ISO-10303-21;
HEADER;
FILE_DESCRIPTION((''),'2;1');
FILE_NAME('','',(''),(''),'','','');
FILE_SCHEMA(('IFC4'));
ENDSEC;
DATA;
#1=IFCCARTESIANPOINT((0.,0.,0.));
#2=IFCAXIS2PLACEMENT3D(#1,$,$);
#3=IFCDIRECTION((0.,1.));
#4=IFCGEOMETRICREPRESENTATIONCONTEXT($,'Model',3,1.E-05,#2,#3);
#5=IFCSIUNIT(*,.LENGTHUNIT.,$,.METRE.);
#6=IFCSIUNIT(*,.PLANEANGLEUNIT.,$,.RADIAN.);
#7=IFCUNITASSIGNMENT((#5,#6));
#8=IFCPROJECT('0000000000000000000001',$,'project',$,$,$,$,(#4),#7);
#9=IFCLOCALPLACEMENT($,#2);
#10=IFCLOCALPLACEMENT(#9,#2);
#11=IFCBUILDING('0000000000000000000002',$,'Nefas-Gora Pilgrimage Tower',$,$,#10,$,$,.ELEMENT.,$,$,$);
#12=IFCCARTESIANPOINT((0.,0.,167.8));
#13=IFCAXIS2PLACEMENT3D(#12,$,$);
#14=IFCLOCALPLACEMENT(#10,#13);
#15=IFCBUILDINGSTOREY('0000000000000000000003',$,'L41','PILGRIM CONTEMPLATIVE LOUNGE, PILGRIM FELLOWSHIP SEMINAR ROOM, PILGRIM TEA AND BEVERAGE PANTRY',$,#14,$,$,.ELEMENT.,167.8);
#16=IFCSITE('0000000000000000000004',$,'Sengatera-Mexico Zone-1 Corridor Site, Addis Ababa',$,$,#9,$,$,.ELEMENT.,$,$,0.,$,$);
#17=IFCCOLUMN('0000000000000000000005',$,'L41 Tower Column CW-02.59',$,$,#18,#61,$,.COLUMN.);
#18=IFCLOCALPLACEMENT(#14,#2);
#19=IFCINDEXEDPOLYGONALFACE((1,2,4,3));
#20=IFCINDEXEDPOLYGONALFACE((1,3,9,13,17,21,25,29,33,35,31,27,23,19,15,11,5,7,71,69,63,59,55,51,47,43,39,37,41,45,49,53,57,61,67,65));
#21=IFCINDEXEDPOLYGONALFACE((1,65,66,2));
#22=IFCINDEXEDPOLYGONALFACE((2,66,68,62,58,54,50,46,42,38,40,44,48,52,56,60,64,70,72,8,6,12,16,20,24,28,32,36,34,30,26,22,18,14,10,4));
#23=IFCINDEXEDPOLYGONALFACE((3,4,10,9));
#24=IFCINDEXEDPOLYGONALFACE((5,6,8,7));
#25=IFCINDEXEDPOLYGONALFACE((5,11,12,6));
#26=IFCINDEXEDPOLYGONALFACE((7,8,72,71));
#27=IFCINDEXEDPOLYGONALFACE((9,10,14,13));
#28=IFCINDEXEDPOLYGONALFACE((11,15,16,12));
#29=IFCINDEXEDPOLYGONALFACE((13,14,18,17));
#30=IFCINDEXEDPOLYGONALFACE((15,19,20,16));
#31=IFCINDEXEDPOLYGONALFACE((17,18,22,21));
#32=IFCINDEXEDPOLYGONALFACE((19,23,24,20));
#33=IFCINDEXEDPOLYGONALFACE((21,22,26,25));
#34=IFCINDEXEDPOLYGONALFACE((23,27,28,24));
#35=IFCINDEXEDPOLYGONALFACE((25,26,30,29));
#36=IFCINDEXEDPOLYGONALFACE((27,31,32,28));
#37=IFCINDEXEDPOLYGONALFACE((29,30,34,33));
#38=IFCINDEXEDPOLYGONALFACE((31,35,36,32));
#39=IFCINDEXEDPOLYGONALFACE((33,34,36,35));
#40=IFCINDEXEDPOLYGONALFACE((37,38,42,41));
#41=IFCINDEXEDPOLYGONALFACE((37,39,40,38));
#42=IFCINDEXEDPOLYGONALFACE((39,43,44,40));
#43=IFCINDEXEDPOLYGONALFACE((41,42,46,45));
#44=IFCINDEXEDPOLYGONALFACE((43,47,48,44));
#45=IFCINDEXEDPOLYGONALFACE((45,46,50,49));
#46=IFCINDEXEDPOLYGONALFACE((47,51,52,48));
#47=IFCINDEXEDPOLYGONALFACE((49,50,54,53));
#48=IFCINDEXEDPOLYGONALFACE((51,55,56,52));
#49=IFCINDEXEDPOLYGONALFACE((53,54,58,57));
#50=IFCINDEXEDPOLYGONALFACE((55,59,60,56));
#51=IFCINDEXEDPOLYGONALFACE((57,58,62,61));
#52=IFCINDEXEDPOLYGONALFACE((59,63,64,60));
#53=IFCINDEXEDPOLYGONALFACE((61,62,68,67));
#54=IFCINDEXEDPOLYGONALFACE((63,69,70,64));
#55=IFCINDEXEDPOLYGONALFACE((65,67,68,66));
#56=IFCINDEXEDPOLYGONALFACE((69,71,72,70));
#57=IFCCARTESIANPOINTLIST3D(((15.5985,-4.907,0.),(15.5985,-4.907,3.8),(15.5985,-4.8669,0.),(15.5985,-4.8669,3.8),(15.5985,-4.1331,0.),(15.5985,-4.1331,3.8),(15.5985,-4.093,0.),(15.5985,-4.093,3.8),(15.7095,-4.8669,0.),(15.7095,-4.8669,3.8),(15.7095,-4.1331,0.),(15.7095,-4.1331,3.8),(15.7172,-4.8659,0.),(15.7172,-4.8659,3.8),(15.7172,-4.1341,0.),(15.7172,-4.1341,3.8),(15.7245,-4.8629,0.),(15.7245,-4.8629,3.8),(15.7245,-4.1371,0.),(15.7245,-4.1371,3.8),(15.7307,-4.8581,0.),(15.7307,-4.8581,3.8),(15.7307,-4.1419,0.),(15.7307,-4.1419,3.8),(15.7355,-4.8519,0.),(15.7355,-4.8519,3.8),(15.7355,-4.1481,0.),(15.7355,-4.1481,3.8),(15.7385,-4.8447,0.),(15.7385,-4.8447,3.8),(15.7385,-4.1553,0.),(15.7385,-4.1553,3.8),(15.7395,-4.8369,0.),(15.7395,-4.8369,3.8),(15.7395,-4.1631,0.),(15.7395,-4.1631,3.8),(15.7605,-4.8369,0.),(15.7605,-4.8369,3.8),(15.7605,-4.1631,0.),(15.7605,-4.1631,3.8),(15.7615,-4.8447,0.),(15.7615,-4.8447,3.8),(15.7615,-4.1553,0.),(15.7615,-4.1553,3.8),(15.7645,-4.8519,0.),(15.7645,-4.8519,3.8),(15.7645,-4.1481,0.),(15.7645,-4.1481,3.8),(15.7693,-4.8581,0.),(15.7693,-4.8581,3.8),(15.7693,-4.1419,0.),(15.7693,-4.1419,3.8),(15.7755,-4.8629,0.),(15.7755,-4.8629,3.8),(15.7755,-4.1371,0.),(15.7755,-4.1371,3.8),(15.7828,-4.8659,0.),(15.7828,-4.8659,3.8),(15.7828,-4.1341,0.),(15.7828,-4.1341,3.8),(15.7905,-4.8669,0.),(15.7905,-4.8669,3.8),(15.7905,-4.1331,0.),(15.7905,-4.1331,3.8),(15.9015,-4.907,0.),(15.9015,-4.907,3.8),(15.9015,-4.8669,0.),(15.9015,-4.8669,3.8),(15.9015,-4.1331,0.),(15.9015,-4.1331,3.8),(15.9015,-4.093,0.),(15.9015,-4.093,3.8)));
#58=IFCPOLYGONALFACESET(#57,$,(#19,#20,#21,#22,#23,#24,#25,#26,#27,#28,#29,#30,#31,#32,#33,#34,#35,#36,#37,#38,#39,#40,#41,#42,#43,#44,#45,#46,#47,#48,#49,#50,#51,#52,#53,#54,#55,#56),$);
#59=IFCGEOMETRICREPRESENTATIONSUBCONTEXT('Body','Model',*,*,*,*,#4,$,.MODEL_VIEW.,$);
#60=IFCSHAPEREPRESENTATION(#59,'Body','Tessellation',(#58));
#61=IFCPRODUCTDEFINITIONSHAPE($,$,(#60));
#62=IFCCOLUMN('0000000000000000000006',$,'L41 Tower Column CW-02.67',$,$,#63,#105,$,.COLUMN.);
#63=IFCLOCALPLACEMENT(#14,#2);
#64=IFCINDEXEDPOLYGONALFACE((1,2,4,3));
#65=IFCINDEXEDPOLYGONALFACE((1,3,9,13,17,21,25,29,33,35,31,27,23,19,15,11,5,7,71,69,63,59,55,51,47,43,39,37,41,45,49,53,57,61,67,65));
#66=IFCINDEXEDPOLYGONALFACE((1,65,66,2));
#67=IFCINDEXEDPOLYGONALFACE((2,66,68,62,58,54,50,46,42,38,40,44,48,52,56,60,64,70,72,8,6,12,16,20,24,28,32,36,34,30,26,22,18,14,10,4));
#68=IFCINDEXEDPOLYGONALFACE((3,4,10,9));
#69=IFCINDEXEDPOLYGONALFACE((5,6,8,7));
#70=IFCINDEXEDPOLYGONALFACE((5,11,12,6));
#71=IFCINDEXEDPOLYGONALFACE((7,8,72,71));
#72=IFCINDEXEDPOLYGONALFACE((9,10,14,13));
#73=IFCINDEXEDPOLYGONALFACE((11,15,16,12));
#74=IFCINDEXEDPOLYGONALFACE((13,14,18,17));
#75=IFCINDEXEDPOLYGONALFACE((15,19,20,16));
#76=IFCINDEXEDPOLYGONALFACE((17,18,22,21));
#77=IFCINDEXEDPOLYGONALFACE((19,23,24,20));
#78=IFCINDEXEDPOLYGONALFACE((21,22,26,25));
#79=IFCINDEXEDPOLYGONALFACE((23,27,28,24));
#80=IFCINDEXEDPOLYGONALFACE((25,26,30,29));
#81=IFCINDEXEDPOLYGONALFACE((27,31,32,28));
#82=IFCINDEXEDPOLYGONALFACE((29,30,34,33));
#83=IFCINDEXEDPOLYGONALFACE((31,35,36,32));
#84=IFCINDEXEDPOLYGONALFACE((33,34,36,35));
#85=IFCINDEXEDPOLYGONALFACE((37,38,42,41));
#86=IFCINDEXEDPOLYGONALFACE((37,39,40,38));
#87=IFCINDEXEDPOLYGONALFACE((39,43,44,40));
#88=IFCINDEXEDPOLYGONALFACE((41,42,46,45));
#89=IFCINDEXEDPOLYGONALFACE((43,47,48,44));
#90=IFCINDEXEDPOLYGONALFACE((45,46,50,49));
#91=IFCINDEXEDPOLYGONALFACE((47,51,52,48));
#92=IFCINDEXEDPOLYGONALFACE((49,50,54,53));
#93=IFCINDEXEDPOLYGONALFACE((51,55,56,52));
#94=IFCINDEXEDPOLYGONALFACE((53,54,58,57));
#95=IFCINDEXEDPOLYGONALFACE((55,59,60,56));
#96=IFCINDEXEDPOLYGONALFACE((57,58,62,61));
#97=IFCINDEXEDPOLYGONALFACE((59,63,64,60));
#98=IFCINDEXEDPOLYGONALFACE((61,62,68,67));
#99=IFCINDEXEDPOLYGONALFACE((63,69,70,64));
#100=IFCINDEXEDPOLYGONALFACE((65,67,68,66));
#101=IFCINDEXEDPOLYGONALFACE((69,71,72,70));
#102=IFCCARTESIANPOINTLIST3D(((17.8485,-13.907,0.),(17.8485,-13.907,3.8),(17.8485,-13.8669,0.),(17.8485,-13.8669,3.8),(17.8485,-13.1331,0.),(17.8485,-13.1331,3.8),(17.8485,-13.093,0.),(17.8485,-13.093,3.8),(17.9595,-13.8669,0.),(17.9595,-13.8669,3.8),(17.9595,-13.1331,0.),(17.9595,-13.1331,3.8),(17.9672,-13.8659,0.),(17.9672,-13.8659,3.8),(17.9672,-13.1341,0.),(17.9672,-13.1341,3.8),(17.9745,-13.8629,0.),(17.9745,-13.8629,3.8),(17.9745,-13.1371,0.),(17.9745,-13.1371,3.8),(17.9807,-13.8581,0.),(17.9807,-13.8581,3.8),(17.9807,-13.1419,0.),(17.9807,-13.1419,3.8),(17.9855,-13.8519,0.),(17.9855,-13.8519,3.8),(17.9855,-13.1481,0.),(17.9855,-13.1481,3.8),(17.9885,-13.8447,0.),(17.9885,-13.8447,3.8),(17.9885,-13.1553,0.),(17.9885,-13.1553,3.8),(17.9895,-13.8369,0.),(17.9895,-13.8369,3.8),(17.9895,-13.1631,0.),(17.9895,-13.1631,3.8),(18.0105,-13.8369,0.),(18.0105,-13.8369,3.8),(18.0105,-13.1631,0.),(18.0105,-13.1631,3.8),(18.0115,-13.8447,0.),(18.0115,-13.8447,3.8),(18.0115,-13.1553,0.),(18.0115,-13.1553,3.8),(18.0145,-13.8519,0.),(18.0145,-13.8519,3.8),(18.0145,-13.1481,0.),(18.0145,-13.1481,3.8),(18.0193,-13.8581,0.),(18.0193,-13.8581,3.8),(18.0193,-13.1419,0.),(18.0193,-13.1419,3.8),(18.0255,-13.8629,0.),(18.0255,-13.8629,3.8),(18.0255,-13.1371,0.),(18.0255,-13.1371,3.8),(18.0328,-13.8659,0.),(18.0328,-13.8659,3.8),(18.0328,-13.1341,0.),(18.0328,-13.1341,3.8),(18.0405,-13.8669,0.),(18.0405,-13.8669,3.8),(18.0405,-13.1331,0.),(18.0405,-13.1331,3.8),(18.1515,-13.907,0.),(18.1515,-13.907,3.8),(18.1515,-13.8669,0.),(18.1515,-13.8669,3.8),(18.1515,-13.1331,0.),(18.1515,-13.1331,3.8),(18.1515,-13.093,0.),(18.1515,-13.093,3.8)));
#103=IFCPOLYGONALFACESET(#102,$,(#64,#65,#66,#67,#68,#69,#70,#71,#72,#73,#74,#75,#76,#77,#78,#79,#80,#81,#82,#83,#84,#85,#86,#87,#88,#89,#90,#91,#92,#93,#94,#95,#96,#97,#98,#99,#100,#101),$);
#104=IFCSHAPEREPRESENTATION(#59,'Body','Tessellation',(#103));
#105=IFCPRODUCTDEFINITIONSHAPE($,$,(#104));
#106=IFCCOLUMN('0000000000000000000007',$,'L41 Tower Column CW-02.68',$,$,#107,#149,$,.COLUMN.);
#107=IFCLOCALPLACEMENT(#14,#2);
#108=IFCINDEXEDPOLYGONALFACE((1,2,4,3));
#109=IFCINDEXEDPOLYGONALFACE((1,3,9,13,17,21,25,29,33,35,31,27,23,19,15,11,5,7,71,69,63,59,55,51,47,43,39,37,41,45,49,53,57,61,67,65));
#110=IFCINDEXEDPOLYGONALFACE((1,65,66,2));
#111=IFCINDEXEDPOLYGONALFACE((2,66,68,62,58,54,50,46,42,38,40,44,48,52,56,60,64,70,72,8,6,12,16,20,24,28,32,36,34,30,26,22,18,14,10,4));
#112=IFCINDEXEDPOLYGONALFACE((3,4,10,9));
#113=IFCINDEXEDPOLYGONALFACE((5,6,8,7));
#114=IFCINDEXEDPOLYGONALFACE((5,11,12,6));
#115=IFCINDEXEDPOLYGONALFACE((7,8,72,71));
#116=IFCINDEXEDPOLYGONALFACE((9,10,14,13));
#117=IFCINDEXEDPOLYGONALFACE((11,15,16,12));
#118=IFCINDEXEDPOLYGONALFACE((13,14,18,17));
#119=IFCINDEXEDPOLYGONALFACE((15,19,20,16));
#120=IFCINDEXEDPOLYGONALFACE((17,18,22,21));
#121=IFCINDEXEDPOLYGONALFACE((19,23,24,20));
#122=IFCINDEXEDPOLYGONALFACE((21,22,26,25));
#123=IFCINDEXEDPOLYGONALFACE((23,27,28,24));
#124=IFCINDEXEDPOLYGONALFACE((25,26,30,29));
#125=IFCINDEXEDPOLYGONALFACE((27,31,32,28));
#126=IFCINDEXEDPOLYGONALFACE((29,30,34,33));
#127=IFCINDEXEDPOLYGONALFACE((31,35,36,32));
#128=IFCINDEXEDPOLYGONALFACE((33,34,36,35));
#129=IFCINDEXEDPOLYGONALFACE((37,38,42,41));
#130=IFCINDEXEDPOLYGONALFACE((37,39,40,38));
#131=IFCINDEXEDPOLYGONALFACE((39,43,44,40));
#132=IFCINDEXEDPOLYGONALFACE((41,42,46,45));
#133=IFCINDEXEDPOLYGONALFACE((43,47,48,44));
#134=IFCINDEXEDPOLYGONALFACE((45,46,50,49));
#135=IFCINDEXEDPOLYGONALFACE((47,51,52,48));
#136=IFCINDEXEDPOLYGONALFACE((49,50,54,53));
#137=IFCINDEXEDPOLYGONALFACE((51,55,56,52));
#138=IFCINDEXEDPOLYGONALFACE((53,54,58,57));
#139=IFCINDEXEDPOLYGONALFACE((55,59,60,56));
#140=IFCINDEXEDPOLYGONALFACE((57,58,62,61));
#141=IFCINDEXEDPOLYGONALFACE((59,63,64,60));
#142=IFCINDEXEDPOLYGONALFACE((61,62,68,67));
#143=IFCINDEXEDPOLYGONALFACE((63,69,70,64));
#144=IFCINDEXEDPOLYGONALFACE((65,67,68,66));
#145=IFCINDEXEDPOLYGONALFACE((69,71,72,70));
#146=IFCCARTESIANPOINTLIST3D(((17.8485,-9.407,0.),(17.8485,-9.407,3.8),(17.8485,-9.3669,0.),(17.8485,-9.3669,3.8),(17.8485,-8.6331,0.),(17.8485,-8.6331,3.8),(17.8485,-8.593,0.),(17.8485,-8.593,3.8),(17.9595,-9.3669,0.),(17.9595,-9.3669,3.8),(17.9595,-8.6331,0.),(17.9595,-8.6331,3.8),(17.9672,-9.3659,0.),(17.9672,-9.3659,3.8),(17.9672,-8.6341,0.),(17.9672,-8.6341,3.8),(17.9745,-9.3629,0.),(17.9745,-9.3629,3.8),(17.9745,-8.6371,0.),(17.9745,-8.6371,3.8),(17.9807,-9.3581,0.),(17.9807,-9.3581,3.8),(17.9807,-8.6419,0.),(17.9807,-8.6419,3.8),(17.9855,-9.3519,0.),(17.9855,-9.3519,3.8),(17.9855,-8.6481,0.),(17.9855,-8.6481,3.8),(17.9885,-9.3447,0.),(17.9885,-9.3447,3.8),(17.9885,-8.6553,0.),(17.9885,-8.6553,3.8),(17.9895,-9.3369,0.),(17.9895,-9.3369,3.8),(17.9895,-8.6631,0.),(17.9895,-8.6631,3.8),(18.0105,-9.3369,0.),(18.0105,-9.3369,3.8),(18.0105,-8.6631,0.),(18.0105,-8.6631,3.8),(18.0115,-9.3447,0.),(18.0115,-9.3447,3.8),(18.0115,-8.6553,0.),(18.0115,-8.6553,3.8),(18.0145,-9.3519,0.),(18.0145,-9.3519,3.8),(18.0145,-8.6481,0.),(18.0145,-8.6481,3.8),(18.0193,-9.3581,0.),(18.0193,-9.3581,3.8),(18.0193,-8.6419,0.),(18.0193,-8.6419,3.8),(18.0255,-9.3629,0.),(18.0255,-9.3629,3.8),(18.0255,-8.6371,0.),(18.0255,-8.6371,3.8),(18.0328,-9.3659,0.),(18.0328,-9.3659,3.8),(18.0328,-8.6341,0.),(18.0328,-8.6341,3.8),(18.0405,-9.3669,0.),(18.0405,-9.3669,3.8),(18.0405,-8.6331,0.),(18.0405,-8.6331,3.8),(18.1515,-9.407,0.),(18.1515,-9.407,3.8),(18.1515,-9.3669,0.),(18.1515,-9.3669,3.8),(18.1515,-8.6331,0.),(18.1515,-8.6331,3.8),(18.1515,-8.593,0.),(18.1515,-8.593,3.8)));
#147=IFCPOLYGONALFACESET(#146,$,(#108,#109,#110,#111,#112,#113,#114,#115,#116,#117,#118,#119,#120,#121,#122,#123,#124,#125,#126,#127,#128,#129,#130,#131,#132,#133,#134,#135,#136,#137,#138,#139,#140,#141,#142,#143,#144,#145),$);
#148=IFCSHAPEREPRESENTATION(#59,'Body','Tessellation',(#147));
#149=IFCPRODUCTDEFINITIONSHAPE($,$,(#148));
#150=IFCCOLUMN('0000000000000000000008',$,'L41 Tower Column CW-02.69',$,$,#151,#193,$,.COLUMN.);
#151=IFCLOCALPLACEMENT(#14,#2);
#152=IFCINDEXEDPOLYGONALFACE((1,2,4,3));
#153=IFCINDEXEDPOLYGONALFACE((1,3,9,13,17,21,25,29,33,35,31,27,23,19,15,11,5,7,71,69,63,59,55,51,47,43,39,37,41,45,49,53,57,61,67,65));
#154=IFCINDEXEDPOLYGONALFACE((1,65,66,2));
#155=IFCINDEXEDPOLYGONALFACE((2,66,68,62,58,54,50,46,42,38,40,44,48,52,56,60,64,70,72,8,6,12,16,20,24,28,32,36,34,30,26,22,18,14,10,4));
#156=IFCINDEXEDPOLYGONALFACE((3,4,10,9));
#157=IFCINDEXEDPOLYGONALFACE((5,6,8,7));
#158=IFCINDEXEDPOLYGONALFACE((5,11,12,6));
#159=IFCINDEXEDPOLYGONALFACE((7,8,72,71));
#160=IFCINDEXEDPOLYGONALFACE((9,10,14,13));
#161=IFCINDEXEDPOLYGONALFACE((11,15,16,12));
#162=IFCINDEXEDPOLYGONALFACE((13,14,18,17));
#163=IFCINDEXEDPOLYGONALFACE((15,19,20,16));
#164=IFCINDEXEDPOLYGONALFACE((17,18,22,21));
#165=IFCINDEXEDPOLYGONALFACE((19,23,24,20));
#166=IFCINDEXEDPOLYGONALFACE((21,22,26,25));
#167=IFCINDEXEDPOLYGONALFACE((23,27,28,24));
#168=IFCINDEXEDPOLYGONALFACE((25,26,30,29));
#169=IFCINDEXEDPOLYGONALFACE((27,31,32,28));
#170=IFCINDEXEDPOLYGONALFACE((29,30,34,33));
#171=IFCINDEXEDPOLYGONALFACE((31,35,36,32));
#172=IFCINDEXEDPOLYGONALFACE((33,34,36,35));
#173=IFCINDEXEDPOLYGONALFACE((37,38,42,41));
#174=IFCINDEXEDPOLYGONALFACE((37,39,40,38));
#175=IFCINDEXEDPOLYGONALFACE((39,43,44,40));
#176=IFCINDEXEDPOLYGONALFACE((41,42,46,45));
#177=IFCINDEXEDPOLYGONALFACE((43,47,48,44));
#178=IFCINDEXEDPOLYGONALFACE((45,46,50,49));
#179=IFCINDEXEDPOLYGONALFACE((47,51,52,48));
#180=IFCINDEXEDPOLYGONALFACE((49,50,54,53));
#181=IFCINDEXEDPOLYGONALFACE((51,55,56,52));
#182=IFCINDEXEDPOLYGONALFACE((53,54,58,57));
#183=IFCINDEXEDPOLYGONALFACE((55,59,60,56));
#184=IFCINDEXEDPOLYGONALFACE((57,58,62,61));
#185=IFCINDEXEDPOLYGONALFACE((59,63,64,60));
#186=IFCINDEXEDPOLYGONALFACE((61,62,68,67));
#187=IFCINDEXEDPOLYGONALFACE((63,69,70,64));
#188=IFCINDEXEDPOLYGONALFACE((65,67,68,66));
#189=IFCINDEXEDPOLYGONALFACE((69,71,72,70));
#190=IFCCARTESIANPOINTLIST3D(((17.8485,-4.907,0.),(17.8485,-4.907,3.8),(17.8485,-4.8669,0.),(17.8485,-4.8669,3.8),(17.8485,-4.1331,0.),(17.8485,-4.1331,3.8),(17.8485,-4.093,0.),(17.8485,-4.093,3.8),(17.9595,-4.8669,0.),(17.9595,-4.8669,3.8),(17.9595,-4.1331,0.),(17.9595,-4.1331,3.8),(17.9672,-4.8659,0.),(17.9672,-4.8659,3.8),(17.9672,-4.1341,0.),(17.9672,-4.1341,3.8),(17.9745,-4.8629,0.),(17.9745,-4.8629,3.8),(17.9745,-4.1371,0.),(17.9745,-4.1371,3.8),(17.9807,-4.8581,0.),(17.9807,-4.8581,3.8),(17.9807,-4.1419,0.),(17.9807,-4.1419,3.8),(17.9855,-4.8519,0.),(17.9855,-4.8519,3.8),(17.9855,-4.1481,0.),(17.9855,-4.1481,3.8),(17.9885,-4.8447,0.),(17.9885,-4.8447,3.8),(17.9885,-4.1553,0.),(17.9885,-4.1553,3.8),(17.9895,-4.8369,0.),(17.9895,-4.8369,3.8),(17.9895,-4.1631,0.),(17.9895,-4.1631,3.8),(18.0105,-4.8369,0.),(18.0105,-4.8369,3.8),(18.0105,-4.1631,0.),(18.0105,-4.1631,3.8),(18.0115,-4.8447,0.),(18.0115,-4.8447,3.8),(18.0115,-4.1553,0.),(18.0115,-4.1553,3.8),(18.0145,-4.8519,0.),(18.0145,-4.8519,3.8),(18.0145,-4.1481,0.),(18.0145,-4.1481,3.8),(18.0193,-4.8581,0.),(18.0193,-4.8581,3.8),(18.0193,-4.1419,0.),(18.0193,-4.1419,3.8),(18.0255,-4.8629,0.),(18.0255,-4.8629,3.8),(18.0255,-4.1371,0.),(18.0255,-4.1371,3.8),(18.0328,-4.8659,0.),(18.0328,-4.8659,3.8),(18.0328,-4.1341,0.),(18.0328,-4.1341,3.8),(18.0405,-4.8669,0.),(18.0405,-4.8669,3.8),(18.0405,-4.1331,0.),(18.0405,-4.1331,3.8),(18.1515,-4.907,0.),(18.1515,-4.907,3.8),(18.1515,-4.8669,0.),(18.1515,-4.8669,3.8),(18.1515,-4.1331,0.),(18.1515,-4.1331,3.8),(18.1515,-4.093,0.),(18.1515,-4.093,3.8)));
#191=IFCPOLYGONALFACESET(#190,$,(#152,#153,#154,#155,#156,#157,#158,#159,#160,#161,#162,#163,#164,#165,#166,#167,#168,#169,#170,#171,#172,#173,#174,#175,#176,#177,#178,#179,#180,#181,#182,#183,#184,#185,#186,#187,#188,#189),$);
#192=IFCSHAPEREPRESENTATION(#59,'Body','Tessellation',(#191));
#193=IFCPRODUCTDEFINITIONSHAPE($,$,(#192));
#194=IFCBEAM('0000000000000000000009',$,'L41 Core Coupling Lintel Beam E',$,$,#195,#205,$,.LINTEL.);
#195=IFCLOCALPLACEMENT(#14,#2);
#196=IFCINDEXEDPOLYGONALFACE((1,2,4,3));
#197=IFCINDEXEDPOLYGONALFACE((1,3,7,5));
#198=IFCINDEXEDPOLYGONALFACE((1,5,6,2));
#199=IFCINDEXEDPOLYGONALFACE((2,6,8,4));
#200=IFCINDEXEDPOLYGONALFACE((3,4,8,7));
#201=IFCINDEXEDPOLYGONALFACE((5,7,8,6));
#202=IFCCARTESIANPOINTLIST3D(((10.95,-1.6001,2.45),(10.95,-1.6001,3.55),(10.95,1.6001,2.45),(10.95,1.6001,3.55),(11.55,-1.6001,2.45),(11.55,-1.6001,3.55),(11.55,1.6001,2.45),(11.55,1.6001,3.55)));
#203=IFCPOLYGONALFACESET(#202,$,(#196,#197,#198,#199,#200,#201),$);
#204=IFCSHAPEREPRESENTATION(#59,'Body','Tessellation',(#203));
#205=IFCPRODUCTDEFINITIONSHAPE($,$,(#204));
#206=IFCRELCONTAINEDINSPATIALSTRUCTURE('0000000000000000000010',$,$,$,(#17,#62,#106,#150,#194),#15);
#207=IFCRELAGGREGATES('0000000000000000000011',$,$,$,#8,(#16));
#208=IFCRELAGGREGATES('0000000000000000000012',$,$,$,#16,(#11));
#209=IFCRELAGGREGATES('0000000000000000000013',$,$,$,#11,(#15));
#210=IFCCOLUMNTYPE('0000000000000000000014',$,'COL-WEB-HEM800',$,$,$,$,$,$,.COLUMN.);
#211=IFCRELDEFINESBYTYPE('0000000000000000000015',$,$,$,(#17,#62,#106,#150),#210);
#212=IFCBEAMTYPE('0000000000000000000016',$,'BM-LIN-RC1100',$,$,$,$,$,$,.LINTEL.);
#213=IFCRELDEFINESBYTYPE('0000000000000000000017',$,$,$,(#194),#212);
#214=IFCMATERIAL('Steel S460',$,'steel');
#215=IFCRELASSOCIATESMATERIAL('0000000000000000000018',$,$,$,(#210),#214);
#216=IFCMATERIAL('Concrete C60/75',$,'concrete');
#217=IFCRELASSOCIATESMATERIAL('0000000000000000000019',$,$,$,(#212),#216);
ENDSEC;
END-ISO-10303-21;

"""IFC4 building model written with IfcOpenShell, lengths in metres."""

from ifc_helpers import new_model, si_unit, direction, frame, origin, origin_2d, place, context, subcontext, project, spatial, rectangle, i_section, extrude, source, transform, mapped, material, material_profile, profile_set, type_object, element, save


model = new_model("IFC4")

# Units and contexts
model_context = context("Model", 3, precision=1e-05, world=origin(), true_north=direction((0.0, 1.0)))
body_context = subcontext(model_context, "Body", "Model", "MODEL_VIEW")
ifc_project = project(units=[si_unit("LENGTHUNIT", "METRE"), si_unit("PLANEANGLEUNIT", "RADIAN")], contexts=[model_context])

# Site, building, storey
site_placement = place(None, origin())
site = spatial("IfcSite", under=ifc_project, at=site_placement, Name="Sengatera-Mexico Zone-1 Corridor Site, Addis Ababa", CompositionType="ELEMENT", RefElevation=0.0)
building_placement = place(site_placement, origin())
building = spatial("IfcBuilding", under=site, at=building_placement, Name="Nefas-Gora Pilgrimage Tower", CompositionType="ELEMENT")
storey_placement = place(building_placement, frame((0.0, 0.0, 167.8)))
storey = spatial("IfcBuildingStorey", under=building, at=storey_placement, Name="L41", Description="PILGRIM CONTEMPLATIVE LOUNGE, PILGRIM FELLOWSHIP SEMINAR ROOM, PILGRIM TEA AND BEVERAGE PANTRY", CompositionType="ELEMENT", Elevation=167.8)

# Columns
ifc_material_1 = material(Name="Steel S460", Category="steel")
ifc_material_profile_1 = material_profile(ifc_material_1, i_section(OverallWidth=0.303, OverallDepth=0.814, WebThickness=0.021, FlangeThickness=0.04, FilletRadius=0.03, at=origin_2d()), Name="HEM 800")
ifc_profile_set_1 = profile_set([ifc_material_profile_1], Name="Steel S460")
column_type_1 = type_object("IfcColumnType", Name="COL-WEB-HEM800", PredefinedType="COLUMN", material=ifc_profile_set_1)
shared_shape_1 = source(origin(), body_context, "Body", "SweptSolid", [
    extrude(i_section(OverallWidth=0.303, OverallDepth=0.814, WebThickness=0.021, FlangeThickness=0.04, FilletRadius=0.03, at=origin_2d()), origin(), (0.0, 0.0, 1.0), 3.8),
])
for number, where, z_axis, x_axis, name in (
    (1, (15.75, -4.5, 0.0), (0.0, 0.0, 1.0), (1.0, 0.0, 0.0), "L41 Tower Column CW-02.59"),
    (2, (18.0, -13.5, 0.0), (0.0, 0.0, 1.0), (1.0, 0.0, 0.0), "L41 Tower Column CW-02.67"),
    (3, (18.0, -9.0, 0.0), (0.0, 0.0, 1.0), (1.0, 0.0, 0.0), "L41 Tower Column CW-02.68"),
    (4, (18.0, -4.5, 0.0), (0.0, 0.0, 1.0), (1.0, 0.0, 0.0), "L41 Tower Column CW-02.69"),
):
    element("IfcColumn", number, at=place(storey_placement, frame(where, z_axis=z_axis, x_axis=x_axis)), inside=storey, type_object=column_type_1, Name=name, PredefinedType="COLUMN", context=body_context, shape_type="MappedRepresentation", body=[
        mapped(shared_shape_1, transform((0.0, 0.0, 0.0), x_axis=(1.0, 0.0, 0.0), y_axis=(0.0, 1.0, 0.0), z_axis=(0.0, 0.0, 1.0), scale=1.0)),
    ])

# Beam
ifc_material_2 = material(Name="Concrete C60/75", Category="concrete")
ifc_material_profile_2 = material_profile(ifc_material_2, rectangle(XDim=0.6001, YDim=1.1001, at=origin_2d()), Name="RC 600x1100")
ifc_profile_set_2 = profile_set([ifc_material_profile_2], Name="Concrete C60/75")
beam_type_1 = type_object("IfcBeamType", Name="BM-LIN-RC1100", PredefinedType="LINTEL", material=ifc_profile_set_2)
shared_shape_2 = source(origin(), body_context, "Body", "SweptSolid", [
    extrude(rectangle(XDim=0.6001, YDim=1.1001, at=origin_2d()), origin(), (0.0, 0.0, 1.0), 3.2002),
])
beam_placement = place(storey_placement, frame((11.25, -1.6001, 3.0), z_axis=(0.0, 1.0, 0.0), x_axis=(-1.0, 0.0, 0.0)))
element("IfcBeam", 5, at=beam_placement, inside=storey, type_object=beam_type_1, Name="L41 Core Coupling Lintel Beam E", PredefinedType="LINTEL", context=body_context, shape_type="MappedRepresentation", body=[
    mapped(shared_shape_2, transform((0.0, 0.0, 0.0), x_axis=(1.0, 0.0, 0.0), y_axis=(0.0, 1.0, 0.0), z_axis=(0.0, 0.0, 1.0), scale=1.0)),
])

save(model, "model.ifc")
